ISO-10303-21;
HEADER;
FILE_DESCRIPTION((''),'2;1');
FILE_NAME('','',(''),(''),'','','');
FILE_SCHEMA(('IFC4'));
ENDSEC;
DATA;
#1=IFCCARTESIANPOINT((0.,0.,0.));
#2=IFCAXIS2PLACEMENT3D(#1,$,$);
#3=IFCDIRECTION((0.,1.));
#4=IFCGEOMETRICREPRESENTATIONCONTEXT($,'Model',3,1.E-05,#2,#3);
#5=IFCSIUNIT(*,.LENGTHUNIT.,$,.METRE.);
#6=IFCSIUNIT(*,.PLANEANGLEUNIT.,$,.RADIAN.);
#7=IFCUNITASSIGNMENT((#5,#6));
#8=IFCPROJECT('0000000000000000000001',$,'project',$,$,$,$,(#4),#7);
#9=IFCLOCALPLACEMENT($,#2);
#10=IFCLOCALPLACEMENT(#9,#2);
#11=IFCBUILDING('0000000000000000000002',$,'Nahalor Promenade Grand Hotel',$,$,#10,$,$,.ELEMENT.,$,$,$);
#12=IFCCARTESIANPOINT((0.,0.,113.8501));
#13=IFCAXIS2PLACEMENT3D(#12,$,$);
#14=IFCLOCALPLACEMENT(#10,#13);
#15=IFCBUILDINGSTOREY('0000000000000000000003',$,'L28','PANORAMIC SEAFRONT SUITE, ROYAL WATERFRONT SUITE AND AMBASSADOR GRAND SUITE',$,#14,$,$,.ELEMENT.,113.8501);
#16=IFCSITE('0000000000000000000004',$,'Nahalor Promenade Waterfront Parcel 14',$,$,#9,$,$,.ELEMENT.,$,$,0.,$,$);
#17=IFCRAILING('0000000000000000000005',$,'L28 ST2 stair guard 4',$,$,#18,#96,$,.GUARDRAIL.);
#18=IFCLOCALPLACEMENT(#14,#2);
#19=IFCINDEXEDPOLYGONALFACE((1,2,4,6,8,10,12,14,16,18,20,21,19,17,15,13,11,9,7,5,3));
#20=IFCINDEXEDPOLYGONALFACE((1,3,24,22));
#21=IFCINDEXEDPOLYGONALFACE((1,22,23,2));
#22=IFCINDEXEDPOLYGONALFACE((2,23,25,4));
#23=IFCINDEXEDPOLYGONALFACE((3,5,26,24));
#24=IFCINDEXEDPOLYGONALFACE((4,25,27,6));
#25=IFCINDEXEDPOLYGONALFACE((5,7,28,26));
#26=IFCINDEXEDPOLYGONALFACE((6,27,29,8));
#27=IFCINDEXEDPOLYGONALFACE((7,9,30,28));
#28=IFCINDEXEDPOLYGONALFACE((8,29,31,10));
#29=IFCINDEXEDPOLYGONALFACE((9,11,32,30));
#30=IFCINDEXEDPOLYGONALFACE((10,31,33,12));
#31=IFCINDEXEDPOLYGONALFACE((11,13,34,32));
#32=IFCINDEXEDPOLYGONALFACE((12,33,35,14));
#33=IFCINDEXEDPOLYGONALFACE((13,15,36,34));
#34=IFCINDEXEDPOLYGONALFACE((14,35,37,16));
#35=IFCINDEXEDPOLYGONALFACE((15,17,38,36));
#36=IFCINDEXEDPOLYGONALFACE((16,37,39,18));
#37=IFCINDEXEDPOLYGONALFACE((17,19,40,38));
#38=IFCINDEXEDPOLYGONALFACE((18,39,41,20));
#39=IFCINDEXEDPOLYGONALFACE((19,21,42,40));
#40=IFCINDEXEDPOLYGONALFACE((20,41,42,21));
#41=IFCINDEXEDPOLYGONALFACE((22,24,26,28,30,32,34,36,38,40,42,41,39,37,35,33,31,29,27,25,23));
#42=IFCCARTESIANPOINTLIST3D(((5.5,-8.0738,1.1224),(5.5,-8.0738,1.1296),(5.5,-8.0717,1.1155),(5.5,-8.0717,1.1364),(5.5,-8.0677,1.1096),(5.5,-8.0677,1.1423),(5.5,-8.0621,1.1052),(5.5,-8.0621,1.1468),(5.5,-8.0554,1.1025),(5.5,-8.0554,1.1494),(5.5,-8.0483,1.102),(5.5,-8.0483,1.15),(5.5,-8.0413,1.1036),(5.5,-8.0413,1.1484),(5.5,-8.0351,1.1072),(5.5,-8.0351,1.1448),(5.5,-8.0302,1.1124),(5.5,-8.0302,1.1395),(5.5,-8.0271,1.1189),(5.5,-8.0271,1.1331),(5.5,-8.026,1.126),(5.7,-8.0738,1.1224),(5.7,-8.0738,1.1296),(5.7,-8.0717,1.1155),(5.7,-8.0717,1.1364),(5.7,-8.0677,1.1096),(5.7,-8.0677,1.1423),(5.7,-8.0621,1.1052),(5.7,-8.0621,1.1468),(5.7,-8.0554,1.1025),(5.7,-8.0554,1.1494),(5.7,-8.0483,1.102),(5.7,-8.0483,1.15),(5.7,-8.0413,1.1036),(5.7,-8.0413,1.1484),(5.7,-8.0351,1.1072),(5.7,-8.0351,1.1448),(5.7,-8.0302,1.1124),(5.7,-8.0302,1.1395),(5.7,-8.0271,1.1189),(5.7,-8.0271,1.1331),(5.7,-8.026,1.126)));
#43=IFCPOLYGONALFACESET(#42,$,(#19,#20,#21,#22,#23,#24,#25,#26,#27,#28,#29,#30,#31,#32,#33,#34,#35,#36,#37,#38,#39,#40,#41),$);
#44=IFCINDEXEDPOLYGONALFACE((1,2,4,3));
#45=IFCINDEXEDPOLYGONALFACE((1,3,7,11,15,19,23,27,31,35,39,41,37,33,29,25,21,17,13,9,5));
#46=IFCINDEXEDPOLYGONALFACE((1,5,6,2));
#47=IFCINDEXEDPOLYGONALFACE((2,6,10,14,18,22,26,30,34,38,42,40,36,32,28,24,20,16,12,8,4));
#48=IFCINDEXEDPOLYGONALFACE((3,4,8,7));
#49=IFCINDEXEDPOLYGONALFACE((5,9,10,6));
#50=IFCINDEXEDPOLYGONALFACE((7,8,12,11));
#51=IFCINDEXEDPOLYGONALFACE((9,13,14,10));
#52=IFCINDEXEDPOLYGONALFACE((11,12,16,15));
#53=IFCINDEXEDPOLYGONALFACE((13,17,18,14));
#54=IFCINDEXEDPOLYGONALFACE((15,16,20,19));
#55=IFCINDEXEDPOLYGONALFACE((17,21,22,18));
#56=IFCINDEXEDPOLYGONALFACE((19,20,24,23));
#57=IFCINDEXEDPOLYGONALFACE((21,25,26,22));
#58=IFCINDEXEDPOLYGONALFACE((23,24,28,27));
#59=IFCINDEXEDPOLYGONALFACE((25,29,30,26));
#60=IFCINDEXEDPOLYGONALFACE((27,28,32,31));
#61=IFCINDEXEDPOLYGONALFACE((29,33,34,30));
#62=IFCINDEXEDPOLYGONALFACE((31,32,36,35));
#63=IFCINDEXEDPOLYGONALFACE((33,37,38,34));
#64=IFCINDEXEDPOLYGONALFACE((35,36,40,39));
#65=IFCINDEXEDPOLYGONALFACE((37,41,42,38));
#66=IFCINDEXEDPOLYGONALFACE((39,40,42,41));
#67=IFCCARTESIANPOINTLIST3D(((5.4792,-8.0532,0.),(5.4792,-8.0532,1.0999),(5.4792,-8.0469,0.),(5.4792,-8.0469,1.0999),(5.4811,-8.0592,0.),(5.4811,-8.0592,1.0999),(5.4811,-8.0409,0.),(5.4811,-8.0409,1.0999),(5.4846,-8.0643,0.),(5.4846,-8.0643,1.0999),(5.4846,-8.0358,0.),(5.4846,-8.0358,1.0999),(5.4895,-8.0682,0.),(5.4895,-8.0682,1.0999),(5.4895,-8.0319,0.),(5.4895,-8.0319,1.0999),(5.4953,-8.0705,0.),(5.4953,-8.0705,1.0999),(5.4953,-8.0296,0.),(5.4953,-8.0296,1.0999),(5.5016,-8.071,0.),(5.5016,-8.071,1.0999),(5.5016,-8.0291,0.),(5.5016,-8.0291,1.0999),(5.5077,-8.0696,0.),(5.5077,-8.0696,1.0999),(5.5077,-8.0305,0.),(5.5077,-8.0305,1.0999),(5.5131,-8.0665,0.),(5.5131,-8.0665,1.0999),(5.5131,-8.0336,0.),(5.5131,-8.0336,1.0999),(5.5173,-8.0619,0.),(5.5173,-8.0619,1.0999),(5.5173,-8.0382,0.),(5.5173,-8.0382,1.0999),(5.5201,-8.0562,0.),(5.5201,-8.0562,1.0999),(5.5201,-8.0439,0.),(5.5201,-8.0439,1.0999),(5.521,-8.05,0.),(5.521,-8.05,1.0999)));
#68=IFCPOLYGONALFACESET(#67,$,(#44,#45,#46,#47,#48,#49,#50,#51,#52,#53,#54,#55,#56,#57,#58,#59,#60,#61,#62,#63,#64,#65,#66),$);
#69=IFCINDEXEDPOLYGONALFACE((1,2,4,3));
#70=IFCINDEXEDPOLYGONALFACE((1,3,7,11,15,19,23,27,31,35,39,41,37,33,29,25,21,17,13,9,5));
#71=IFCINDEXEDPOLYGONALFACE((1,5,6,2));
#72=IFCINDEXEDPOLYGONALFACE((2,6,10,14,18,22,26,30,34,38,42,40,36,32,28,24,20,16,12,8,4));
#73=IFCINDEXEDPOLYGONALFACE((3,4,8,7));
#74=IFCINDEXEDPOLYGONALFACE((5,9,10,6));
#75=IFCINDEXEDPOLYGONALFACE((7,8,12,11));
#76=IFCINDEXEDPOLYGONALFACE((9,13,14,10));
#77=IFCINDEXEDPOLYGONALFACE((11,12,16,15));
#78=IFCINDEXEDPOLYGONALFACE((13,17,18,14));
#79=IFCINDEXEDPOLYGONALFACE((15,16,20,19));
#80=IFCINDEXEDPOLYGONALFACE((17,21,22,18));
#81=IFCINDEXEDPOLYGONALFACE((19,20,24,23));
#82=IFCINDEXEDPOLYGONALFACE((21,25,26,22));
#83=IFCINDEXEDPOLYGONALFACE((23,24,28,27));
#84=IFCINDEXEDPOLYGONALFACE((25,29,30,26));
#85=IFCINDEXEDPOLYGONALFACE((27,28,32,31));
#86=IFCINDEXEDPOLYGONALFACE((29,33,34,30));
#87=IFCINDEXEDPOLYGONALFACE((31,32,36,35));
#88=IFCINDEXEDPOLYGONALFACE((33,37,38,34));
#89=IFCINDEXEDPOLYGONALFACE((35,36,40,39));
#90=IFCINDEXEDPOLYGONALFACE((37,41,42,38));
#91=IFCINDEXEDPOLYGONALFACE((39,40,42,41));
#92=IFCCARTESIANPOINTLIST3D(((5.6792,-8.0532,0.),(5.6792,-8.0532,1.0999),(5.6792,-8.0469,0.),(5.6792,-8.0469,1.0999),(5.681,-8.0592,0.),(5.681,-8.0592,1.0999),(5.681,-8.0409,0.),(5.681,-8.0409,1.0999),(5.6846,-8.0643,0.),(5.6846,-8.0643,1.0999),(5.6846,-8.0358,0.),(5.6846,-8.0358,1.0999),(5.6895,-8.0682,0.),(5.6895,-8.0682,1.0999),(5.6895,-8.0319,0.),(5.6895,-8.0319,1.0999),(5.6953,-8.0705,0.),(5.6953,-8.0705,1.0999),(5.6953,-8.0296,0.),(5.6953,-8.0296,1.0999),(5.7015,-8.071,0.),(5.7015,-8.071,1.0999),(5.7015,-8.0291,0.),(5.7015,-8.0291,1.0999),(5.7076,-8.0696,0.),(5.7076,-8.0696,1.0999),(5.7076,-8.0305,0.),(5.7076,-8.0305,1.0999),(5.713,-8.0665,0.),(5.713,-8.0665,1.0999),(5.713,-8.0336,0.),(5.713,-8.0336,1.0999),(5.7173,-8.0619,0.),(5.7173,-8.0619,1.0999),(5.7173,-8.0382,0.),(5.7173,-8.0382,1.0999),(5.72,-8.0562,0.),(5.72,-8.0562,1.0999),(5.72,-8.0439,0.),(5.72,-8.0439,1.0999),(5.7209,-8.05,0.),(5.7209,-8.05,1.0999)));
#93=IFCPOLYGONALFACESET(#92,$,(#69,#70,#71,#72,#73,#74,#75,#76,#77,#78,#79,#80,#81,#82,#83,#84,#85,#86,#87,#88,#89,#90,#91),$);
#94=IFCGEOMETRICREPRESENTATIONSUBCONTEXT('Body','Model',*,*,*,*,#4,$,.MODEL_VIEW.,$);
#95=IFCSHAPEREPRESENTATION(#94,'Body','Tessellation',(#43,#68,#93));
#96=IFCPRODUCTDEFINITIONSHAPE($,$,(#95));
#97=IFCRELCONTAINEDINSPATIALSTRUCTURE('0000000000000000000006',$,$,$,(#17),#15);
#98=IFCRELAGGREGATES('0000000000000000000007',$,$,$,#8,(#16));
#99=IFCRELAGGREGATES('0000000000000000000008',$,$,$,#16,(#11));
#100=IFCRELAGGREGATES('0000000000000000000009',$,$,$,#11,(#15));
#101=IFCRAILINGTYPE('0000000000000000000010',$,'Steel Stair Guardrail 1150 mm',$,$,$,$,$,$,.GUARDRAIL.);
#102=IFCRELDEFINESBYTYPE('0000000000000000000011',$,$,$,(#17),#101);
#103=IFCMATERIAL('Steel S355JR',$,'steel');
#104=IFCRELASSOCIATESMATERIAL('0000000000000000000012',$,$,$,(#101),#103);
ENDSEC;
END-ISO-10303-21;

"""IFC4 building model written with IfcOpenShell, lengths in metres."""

from ifc_helpers import new_model, si_unit, direction, frame, origin, origin_2d, place, context, subcontext, project, spatial, circle, extrude, material, type_object, element, save


model = new_model("IFC4")

# Units and contexts
model_context = context("Model", 3, precision=1e-05, world=origin(), true_north=direction((0.0, 1.0)))
body_context = subcontext(model_context, "Body", "Model", "MODEL_VIEW")
ifc_project = project(units=[si_unit("LENGTHUNIT", "METRE"), si_unit("PLANEANGLEUNIT", "RADIAN")], contexts=[model_context])

# Site, building, storey
site_placement = place(None, origin())
site = spatial("IfcSite", under=ifc_project, at=site_placement, Name="Nahalor Promenade Waterfront Parcel 14", CompositionType="ELEMENT", RefElevation=0.0)
building_placement = place(site_placement, origin())
building = spatial("IfcBuilding", under=site, at=building_placement, Name="Nahalor Promenade Grand Hotel", CompositionType="ELEMENT")
storey_placement = place(building_placement, frame((0.0, 0.0, 113.8501)))
storey = spatial("IfcBuildingStorey", under=building, at=storey_placement, Name="L28", Description="PANORAMIC SEAFRONT SUITE, ROYAL WATERFRONT SUITE AND AMBASSADOR GRAND SUITE", CompositionType="ELEMENT", Elevation=113.8501)

# Shared definitions
ifc_material_1 = material(Name="Steel S355JR", Category="steel")

# Railing
railing_type_1 = type_object("IfcRailingType", Name="Steel Stair Guardrail 1150 mm", PredefinedType="GUARDRAIL", material=ifc_material_1)
railing_1_placement = place(storey_placement, frame((5.5, -8.05, 0.0)))
element("IfcRailing", 1, at=railing_1_placement, inside=storey, type_object=railing_type_1, Name="L28 ST2 stair guard 4", PredefinedType="GUARDRAIL", context=body_context, shape_type="SweptSolid", body=[
    extrude(circle(Radius=0.024, at=origin_2d()), frame((0.0, 0.0, 1.126), z_axis=(1.0, 0.0, 0.0), x_axis=(0.0, 1.0, 0.0)), (0.0, 0.0, 1.0), 0.2),
    extrude(circle(Radius=0.021, at=origin_2d()), origin(), (0.0, 0.0, 1.0), 1.0999),
    extrude(circle(Radius=0.021, at=origin_2d()), frame((0.2, 0.0, 0.0)), (0.0, 0.0, 1.0), 1.0999),
])

save(model, "model.ifc")
